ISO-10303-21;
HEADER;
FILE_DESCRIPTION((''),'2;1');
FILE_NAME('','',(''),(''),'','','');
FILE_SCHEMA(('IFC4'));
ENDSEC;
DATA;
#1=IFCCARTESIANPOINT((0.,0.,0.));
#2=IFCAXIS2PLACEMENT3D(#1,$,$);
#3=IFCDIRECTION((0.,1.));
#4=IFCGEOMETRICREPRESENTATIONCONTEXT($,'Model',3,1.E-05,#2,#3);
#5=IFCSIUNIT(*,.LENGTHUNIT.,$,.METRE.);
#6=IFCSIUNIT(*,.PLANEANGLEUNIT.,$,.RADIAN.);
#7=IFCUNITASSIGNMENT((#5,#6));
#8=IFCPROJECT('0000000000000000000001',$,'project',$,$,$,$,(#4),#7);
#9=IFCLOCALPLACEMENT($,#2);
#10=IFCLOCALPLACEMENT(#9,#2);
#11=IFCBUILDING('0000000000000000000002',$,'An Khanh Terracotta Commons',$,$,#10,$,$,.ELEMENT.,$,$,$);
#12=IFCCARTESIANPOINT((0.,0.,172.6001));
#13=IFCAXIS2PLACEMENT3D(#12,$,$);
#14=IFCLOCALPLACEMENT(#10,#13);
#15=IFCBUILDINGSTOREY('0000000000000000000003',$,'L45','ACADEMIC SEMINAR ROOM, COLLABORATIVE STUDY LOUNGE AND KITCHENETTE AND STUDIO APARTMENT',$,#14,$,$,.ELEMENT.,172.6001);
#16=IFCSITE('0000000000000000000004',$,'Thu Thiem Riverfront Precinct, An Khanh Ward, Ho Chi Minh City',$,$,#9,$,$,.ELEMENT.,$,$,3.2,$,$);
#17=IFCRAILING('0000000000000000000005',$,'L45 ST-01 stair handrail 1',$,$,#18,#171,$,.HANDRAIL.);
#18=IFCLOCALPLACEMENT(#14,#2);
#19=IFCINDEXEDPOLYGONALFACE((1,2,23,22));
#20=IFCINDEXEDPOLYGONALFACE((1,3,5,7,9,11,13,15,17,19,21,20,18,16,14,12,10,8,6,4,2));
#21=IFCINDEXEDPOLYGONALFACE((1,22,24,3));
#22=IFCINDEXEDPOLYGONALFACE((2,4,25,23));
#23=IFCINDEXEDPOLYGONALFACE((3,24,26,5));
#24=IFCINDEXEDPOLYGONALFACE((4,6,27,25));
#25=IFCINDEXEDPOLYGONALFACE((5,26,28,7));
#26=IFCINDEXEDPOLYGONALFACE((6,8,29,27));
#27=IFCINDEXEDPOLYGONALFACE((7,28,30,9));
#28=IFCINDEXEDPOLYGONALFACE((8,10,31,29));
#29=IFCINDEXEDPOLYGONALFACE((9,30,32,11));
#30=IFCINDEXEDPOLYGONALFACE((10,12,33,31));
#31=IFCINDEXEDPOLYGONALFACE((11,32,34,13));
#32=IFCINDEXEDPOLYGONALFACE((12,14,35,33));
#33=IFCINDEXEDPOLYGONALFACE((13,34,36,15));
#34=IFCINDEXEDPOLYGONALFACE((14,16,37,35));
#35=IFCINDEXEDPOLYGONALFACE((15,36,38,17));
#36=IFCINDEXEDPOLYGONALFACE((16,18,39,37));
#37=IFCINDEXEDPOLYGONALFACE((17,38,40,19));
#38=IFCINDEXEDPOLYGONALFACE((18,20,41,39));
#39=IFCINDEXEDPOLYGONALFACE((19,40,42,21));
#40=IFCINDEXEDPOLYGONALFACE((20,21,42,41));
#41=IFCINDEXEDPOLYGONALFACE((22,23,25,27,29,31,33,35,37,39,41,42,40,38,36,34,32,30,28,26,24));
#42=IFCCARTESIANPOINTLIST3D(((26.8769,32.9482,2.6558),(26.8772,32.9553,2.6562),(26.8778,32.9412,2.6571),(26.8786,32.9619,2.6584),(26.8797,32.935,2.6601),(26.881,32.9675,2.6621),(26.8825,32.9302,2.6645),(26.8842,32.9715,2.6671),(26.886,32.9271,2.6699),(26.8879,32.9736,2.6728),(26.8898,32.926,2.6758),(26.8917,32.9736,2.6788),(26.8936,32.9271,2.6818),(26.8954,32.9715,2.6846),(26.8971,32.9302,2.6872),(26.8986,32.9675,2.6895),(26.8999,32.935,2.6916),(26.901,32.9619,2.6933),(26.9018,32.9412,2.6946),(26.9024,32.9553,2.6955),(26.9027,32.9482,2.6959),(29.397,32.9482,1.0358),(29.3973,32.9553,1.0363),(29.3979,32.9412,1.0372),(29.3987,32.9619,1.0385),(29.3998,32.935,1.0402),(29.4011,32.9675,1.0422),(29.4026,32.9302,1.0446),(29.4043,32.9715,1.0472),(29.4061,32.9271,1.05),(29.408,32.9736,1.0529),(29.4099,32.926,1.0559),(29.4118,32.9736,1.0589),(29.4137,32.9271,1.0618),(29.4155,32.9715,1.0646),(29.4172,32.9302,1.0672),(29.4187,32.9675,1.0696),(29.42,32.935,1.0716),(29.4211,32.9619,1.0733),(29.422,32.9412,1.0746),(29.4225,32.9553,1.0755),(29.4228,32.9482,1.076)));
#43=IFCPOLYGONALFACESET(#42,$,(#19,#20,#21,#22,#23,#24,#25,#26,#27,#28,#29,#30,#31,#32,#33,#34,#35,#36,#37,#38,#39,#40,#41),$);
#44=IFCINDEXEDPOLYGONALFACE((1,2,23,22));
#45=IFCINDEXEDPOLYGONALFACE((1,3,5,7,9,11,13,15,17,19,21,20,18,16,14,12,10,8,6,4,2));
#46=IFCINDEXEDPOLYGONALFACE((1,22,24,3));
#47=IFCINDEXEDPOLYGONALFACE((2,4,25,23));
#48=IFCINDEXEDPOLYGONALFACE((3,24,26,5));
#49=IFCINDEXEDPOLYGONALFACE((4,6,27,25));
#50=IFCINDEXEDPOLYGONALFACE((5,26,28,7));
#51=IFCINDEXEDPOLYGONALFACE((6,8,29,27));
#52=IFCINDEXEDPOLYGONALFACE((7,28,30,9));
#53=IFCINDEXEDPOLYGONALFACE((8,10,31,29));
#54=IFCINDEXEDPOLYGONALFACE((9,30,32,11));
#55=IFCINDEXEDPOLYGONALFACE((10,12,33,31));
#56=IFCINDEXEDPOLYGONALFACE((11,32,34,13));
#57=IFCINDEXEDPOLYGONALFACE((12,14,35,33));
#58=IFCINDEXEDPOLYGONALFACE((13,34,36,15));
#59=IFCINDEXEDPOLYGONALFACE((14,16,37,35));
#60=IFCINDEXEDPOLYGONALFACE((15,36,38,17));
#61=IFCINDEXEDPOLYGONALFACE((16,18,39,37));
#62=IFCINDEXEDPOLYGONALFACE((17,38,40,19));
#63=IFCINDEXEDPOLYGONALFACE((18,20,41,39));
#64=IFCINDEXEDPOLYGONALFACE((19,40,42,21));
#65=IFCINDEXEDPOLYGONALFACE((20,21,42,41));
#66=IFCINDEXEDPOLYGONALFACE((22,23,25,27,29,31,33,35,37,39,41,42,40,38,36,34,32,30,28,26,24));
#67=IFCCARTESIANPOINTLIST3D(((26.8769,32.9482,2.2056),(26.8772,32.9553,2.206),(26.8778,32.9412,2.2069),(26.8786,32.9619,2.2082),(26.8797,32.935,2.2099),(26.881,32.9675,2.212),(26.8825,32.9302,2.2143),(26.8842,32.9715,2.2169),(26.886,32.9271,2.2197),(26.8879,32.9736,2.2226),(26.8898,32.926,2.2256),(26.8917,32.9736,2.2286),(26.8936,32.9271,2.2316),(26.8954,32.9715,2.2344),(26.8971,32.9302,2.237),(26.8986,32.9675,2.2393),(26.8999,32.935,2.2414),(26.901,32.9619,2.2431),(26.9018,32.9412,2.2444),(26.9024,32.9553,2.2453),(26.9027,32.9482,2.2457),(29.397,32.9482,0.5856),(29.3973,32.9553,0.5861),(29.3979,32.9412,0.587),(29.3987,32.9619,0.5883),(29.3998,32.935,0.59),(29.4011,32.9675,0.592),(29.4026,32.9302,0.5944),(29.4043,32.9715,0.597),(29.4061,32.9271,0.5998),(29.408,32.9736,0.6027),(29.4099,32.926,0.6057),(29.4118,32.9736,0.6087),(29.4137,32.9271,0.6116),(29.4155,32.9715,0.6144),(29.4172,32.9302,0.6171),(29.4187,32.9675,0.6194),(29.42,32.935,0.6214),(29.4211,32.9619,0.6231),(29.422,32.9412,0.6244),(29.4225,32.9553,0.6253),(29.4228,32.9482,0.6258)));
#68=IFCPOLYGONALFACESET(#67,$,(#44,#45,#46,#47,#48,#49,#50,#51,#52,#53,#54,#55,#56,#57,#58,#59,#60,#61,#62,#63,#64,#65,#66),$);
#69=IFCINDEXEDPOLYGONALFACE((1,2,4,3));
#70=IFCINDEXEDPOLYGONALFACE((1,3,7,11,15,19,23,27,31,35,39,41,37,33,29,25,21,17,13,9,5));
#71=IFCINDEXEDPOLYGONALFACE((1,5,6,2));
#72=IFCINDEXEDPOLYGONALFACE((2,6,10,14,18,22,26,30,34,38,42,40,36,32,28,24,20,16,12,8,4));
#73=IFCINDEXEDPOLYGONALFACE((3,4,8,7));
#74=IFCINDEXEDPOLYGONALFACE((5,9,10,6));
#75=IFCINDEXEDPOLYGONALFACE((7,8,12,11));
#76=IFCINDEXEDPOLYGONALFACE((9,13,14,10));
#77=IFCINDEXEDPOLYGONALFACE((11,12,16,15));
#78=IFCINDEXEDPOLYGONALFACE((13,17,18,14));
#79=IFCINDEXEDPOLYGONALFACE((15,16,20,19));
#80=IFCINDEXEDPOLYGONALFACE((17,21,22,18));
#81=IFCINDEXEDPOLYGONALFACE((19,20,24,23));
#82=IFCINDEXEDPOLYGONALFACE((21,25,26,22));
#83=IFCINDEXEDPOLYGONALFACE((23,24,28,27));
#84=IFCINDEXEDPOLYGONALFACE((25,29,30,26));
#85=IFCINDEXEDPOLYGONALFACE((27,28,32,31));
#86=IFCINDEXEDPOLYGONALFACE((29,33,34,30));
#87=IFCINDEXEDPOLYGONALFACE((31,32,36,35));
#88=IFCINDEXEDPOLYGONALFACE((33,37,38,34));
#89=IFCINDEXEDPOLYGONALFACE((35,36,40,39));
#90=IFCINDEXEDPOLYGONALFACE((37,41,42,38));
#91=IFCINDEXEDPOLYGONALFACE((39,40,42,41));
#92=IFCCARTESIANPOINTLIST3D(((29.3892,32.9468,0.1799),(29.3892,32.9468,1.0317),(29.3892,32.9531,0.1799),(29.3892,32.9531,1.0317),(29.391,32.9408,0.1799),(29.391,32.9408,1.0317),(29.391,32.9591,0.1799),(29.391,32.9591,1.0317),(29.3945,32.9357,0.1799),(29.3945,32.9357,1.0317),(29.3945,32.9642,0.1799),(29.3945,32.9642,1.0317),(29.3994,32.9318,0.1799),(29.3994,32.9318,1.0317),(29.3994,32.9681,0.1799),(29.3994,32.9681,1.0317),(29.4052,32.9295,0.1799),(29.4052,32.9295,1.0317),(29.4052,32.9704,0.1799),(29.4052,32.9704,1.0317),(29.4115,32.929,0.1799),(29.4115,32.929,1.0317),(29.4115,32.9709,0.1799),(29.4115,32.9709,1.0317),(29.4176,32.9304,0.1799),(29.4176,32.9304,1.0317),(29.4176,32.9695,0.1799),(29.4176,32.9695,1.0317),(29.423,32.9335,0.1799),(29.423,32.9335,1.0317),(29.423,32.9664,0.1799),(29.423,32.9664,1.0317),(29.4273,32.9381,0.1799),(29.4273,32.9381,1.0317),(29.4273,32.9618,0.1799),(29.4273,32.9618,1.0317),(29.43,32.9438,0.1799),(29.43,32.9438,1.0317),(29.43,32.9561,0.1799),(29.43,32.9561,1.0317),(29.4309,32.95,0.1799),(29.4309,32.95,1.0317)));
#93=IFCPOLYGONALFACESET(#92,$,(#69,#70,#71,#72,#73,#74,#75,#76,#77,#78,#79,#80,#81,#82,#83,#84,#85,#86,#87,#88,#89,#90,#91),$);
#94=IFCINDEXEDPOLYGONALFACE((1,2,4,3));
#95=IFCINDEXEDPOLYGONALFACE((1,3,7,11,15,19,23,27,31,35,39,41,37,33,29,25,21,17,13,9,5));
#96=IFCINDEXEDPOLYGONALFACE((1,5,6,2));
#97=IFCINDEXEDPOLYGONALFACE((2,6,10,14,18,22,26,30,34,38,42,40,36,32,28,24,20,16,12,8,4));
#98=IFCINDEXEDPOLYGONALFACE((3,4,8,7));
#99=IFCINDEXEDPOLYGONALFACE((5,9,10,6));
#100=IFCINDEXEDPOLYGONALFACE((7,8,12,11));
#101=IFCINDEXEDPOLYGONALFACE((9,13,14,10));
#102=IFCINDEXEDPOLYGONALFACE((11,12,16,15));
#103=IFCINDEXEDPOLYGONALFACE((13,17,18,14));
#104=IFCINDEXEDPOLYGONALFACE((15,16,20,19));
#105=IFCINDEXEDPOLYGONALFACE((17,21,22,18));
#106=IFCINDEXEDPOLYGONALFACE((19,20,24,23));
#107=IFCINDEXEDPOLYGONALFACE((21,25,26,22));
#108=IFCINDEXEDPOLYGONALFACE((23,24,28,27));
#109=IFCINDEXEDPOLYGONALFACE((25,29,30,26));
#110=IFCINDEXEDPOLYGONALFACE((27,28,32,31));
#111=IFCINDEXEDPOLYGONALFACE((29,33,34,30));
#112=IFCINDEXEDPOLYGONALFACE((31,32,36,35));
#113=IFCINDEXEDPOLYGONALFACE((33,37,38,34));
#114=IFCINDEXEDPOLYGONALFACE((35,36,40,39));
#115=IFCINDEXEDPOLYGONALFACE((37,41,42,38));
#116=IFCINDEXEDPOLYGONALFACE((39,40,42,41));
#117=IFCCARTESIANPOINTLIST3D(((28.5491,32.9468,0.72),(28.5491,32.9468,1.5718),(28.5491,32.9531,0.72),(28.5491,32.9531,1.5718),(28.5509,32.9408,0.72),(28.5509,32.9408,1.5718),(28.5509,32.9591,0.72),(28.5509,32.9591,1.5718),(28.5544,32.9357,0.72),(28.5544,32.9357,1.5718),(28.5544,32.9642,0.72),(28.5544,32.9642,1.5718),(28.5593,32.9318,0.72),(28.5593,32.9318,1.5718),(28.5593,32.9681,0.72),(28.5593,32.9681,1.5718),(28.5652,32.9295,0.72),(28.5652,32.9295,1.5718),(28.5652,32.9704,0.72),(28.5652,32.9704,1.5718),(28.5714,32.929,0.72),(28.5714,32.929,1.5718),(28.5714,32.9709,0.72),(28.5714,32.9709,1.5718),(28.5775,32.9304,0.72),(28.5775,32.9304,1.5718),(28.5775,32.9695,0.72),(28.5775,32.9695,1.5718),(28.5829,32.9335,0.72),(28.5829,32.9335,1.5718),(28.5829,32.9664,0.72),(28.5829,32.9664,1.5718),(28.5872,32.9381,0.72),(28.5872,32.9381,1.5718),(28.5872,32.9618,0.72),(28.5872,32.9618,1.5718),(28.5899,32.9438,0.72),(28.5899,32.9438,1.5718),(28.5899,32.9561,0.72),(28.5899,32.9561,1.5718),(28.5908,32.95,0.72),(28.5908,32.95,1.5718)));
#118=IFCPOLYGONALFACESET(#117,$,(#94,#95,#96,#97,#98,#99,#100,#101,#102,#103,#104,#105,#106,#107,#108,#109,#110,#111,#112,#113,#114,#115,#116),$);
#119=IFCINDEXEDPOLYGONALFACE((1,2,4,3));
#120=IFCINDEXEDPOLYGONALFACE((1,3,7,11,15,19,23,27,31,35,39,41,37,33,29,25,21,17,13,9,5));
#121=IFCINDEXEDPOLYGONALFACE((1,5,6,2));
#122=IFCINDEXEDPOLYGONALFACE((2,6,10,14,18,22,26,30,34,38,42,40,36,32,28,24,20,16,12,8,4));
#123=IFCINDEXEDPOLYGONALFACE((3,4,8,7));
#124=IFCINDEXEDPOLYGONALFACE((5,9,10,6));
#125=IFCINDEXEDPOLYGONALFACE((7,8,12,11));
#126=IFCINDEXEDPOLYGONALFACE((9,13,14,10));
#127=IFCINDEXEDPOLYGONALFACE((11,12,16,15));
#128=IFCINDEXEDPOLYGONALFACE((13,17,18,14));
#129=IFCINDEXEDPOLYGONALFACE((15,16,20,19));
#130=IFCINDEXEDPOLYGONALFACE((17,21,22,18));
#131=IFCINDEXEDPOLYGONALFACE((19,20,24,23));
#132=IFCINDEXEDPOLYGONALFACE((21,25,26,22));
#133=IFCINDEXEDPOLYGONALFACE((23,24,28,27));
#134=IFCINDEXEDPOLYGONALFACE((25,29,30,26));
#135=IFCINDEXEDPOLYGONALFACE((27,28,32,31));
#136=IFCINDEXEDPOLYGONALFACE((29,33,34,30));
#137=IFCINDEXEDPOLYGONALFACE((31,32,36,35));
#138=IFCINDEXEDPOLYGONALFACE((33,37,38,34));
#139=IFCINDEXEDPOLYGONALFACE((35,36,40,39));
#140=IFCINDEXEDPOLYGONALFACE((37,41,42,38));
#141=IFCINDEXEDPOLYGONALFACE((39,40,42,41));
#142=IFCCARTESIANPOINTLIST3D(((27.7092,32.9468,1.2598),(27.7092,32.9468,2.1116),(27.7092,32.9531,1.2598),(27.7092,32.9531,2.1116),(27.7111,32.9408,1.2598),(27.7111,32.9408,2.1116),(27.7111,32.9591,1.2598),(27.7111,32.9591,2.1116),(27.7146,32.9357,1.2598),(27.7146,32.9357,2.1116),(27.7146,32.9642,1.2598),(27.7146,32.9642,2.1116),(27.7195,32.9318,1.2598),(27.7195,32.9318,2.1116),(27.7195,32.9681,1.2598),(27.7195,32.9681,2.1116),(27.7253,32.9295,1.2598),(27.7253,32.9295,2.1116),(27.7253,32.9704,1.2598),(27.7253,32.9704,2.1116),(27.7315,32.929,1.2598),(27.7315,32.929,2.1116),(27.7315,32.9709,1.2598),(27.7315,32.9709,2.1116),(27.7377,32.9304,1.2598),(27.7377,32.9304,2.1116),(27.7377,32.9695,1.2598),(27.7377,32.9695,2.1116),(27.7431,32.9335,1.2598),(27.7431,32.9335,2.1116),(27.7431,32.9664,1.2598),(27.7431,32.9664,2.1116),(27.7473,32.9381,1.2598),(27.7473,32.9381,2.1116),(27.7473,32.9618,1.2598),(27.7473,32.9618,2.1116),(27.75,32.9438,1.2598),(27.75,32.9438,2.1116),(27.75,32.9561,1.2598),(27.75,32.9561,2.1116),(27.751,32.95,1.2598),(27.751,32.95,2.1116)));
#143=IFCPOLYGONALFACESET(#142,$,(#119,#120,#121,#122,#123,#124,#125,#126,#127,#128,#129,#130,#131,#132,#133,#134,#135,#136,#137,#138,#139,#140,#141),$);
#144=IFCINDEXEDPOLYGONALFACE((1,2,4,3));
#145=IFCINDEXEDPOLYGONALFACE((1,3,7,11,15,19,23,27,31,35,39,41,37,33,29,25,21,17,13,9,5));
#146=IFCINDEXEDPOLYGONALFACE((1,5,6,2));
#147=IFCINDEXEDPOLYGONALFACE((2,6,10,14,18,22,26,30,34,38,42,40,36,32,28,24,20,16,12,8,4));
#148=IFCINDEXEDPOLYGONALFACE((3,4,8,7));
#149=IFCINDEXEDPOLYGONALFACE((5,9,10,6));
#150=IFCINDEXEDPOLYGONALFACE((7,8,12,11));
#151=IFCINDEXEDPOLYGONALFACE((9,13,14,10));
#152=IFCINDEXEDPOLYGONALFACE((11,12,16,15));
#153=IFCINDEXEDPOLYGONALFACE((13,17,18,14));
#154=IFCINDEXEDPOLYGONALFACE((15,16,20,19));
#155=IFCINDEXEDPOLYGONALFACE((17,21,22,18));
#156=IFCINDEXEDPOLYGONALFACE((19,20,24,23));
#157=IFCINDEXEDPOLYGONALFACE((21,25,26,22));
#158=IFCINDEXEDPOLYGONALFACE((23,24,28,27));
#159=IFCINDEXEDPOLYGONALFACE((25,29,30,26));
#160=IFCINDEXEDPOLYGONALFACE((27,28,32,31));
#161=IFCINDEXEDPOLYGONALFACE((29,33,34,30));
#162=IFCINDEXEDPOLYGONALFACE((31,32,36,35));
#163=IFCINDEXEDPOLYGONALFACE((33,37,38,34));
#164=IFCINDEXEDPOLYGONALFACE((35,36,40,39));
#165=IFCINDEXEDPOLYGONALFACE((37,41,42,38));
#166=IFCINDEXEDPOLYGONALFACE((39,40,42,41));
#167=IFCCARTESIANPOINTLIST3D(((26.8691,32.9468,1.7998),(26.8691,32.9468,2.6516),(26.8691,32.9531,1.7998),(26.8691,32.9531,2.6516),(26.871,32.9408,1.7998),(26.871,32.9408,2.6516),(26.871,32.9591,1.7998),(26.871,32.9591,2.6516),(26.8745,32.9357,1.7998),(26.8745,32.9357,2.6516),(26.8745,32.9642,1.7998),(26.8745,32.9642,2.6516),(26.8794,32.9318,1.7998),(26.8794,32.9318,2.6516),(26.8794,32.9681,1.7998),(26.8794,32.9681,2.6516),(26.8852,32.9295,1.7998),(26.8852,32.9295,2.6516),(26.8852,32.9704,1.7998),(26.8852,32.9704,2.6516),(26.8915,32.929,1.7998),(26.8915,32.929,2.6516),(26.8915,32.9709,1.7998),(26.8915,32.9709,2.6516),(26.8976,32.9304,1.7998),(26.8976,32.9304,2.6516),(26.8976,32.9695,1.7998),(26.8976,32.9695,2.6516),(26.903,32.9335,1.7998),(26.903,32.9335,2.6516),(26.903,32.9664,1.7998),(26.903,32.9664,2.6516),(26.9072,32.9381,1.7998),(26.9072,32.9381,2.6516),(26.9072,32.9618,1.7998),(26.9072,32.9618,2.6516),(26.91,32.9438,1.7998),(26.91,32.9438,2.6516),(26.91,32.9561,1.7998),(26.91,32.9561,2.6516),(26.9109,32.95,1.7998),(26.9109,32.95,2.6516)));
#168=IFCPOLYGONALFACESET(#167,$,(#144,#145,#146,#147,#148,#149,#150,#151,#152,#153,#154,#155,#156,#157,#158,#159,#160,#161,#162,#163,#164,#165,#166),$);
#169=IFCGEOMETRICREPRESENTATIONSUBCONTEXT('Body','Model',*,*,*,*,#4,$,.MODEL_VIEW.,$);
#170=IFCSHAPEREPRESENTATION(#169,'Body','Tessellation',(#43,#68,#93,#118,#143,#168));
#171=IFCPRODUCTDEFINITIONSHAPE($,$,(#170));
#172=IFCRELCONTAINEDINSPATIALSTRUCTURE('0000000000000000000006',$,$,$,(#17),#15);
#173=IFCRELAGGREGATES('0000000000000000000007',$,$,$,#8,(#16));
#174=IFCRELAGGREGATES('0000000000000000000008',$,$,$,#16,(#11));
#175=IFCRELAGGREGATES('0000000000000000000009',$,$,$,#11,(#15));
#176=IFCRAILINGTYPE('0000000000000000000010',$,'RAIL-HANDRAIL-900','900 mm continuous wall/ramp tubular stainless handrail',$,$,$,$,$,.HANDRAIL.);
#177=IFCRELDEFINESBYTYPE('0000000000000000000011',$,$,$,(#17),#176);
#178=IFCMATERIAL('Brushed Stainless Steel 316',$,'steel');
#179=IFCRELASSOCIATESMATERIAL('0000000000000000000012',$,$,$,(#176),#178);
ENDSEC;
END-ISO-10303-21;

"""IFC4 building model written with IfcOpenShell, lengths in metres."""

from ifc_helpers import new_model, si_unit, direction, frame, origin, origin_2d, place, context, subcontext, project, spatial, circle, extrude, material, type_object, element, save


model = new_model("IFC4")

# Units and contexts
model_context = context("Model", 3, precision=1e-05, world=origin(), true_north=direction((0.0, 1.0)))
body_context = subcontext(model_context, "Body", "Model", "MODEL_VIEW")
ifc_project = project(units=[si_unit("LENGTHUNIT", "METRE"), si_unit("PLANEANGLEUNIT", "RADIAN")], contexts=[model_context])

# Site, building, storey
site_placement = place(None, origin())
site = spatial("IfcSite", under=ifc_project, at=site_placement, Name="Thu Thiem Riverfront Precinct, An Khanh Ward, Ho Chi Minh City", CompositionType="ELEMENT", RefElevation=3.2)
building_placement = place(site_placement, origin())
building = spatial("IfcBuilding", under=site, at=building_placement, Name="An Khanh Terracotta Commons", CompositionType="ELEMENT")
storey_placement = place(building_placement, frame((0.0, 0.0, 172.6001)))
storey = spatial("IfcBuildingStorey", under=building, at=storey_placement, Name="L45", Description="ACADEMIC SEMINAR ROOM, COLLABORATIVE STUDY LOUNGE AND KITCHENETTE AND STUDIO APARTMENT", CompositionType="ELEMENT", Elevation=172.6001)

# Railing
ifc_material_1 = material(Name="Brushed Stainless Steel 316", Category="steel")
railing_type_1 = type_object("IfcRailingType", Name="RAIL-HANDRAIL-900", Description="900 mm continuous wall/ramp tubular stainless handrail", PredefinedType="HANDRAIL", material=ifc_material_1)
railing_1_placement = place(storey_placement, frame((29.4099, 32.95, 0.1799)))
element("IfcRailing", 1, at=railing_1_placement, inside=storey, type_object=railing_type_1, Name="L45 ST-01 stair handrail 1", PredefinedType="HANDRAIL", context=body_context, shape_type="SweptSolid", body=[
    extrude(circle(Radius=0.0239, at=origin_2d()), frame((0.0, 0.0, 0.876), z_axis=(-0.8412, 0.0, 0.540725), x_axis=(0.0, -1.0, 0.0)), (0.0, 0.0, 1.0), 2.9958),
    extrude(circle(Radius=0.0239, at=origin_2d()), frame((0.0, 0.0, 0.4258), z_axis=(-0.8412, 0.0, 0.540725), x_axis=(0.0, -1.0, 0.0)), (0.0, 0.0, 1.0), 2.9958),
    extrude(circle(Radius=0.021, at=origin_2d()), origin(), (0.0, 0.0, 1.0), 0.8518),
    extrude(circle(Radius=0.021, at=origin_2d()), frame((-0.8401, 0.0, 0.54)), (0.0, 0.0, 1.0), 0.8518),
    extrude(circle(Radius=0.021, at=origin_2d()), frame((-1.6799, 0.0, 1.0798)), (0.0, 0.0, 1.0), 0.8518),
    extrude(circle(Radius=0.021, at=origin_2d()), frame((-2.52, 0.0, 1.6199)), (0.0, 0.0, 1.0), 0.8518),
])

save(model, "model.ifc")
